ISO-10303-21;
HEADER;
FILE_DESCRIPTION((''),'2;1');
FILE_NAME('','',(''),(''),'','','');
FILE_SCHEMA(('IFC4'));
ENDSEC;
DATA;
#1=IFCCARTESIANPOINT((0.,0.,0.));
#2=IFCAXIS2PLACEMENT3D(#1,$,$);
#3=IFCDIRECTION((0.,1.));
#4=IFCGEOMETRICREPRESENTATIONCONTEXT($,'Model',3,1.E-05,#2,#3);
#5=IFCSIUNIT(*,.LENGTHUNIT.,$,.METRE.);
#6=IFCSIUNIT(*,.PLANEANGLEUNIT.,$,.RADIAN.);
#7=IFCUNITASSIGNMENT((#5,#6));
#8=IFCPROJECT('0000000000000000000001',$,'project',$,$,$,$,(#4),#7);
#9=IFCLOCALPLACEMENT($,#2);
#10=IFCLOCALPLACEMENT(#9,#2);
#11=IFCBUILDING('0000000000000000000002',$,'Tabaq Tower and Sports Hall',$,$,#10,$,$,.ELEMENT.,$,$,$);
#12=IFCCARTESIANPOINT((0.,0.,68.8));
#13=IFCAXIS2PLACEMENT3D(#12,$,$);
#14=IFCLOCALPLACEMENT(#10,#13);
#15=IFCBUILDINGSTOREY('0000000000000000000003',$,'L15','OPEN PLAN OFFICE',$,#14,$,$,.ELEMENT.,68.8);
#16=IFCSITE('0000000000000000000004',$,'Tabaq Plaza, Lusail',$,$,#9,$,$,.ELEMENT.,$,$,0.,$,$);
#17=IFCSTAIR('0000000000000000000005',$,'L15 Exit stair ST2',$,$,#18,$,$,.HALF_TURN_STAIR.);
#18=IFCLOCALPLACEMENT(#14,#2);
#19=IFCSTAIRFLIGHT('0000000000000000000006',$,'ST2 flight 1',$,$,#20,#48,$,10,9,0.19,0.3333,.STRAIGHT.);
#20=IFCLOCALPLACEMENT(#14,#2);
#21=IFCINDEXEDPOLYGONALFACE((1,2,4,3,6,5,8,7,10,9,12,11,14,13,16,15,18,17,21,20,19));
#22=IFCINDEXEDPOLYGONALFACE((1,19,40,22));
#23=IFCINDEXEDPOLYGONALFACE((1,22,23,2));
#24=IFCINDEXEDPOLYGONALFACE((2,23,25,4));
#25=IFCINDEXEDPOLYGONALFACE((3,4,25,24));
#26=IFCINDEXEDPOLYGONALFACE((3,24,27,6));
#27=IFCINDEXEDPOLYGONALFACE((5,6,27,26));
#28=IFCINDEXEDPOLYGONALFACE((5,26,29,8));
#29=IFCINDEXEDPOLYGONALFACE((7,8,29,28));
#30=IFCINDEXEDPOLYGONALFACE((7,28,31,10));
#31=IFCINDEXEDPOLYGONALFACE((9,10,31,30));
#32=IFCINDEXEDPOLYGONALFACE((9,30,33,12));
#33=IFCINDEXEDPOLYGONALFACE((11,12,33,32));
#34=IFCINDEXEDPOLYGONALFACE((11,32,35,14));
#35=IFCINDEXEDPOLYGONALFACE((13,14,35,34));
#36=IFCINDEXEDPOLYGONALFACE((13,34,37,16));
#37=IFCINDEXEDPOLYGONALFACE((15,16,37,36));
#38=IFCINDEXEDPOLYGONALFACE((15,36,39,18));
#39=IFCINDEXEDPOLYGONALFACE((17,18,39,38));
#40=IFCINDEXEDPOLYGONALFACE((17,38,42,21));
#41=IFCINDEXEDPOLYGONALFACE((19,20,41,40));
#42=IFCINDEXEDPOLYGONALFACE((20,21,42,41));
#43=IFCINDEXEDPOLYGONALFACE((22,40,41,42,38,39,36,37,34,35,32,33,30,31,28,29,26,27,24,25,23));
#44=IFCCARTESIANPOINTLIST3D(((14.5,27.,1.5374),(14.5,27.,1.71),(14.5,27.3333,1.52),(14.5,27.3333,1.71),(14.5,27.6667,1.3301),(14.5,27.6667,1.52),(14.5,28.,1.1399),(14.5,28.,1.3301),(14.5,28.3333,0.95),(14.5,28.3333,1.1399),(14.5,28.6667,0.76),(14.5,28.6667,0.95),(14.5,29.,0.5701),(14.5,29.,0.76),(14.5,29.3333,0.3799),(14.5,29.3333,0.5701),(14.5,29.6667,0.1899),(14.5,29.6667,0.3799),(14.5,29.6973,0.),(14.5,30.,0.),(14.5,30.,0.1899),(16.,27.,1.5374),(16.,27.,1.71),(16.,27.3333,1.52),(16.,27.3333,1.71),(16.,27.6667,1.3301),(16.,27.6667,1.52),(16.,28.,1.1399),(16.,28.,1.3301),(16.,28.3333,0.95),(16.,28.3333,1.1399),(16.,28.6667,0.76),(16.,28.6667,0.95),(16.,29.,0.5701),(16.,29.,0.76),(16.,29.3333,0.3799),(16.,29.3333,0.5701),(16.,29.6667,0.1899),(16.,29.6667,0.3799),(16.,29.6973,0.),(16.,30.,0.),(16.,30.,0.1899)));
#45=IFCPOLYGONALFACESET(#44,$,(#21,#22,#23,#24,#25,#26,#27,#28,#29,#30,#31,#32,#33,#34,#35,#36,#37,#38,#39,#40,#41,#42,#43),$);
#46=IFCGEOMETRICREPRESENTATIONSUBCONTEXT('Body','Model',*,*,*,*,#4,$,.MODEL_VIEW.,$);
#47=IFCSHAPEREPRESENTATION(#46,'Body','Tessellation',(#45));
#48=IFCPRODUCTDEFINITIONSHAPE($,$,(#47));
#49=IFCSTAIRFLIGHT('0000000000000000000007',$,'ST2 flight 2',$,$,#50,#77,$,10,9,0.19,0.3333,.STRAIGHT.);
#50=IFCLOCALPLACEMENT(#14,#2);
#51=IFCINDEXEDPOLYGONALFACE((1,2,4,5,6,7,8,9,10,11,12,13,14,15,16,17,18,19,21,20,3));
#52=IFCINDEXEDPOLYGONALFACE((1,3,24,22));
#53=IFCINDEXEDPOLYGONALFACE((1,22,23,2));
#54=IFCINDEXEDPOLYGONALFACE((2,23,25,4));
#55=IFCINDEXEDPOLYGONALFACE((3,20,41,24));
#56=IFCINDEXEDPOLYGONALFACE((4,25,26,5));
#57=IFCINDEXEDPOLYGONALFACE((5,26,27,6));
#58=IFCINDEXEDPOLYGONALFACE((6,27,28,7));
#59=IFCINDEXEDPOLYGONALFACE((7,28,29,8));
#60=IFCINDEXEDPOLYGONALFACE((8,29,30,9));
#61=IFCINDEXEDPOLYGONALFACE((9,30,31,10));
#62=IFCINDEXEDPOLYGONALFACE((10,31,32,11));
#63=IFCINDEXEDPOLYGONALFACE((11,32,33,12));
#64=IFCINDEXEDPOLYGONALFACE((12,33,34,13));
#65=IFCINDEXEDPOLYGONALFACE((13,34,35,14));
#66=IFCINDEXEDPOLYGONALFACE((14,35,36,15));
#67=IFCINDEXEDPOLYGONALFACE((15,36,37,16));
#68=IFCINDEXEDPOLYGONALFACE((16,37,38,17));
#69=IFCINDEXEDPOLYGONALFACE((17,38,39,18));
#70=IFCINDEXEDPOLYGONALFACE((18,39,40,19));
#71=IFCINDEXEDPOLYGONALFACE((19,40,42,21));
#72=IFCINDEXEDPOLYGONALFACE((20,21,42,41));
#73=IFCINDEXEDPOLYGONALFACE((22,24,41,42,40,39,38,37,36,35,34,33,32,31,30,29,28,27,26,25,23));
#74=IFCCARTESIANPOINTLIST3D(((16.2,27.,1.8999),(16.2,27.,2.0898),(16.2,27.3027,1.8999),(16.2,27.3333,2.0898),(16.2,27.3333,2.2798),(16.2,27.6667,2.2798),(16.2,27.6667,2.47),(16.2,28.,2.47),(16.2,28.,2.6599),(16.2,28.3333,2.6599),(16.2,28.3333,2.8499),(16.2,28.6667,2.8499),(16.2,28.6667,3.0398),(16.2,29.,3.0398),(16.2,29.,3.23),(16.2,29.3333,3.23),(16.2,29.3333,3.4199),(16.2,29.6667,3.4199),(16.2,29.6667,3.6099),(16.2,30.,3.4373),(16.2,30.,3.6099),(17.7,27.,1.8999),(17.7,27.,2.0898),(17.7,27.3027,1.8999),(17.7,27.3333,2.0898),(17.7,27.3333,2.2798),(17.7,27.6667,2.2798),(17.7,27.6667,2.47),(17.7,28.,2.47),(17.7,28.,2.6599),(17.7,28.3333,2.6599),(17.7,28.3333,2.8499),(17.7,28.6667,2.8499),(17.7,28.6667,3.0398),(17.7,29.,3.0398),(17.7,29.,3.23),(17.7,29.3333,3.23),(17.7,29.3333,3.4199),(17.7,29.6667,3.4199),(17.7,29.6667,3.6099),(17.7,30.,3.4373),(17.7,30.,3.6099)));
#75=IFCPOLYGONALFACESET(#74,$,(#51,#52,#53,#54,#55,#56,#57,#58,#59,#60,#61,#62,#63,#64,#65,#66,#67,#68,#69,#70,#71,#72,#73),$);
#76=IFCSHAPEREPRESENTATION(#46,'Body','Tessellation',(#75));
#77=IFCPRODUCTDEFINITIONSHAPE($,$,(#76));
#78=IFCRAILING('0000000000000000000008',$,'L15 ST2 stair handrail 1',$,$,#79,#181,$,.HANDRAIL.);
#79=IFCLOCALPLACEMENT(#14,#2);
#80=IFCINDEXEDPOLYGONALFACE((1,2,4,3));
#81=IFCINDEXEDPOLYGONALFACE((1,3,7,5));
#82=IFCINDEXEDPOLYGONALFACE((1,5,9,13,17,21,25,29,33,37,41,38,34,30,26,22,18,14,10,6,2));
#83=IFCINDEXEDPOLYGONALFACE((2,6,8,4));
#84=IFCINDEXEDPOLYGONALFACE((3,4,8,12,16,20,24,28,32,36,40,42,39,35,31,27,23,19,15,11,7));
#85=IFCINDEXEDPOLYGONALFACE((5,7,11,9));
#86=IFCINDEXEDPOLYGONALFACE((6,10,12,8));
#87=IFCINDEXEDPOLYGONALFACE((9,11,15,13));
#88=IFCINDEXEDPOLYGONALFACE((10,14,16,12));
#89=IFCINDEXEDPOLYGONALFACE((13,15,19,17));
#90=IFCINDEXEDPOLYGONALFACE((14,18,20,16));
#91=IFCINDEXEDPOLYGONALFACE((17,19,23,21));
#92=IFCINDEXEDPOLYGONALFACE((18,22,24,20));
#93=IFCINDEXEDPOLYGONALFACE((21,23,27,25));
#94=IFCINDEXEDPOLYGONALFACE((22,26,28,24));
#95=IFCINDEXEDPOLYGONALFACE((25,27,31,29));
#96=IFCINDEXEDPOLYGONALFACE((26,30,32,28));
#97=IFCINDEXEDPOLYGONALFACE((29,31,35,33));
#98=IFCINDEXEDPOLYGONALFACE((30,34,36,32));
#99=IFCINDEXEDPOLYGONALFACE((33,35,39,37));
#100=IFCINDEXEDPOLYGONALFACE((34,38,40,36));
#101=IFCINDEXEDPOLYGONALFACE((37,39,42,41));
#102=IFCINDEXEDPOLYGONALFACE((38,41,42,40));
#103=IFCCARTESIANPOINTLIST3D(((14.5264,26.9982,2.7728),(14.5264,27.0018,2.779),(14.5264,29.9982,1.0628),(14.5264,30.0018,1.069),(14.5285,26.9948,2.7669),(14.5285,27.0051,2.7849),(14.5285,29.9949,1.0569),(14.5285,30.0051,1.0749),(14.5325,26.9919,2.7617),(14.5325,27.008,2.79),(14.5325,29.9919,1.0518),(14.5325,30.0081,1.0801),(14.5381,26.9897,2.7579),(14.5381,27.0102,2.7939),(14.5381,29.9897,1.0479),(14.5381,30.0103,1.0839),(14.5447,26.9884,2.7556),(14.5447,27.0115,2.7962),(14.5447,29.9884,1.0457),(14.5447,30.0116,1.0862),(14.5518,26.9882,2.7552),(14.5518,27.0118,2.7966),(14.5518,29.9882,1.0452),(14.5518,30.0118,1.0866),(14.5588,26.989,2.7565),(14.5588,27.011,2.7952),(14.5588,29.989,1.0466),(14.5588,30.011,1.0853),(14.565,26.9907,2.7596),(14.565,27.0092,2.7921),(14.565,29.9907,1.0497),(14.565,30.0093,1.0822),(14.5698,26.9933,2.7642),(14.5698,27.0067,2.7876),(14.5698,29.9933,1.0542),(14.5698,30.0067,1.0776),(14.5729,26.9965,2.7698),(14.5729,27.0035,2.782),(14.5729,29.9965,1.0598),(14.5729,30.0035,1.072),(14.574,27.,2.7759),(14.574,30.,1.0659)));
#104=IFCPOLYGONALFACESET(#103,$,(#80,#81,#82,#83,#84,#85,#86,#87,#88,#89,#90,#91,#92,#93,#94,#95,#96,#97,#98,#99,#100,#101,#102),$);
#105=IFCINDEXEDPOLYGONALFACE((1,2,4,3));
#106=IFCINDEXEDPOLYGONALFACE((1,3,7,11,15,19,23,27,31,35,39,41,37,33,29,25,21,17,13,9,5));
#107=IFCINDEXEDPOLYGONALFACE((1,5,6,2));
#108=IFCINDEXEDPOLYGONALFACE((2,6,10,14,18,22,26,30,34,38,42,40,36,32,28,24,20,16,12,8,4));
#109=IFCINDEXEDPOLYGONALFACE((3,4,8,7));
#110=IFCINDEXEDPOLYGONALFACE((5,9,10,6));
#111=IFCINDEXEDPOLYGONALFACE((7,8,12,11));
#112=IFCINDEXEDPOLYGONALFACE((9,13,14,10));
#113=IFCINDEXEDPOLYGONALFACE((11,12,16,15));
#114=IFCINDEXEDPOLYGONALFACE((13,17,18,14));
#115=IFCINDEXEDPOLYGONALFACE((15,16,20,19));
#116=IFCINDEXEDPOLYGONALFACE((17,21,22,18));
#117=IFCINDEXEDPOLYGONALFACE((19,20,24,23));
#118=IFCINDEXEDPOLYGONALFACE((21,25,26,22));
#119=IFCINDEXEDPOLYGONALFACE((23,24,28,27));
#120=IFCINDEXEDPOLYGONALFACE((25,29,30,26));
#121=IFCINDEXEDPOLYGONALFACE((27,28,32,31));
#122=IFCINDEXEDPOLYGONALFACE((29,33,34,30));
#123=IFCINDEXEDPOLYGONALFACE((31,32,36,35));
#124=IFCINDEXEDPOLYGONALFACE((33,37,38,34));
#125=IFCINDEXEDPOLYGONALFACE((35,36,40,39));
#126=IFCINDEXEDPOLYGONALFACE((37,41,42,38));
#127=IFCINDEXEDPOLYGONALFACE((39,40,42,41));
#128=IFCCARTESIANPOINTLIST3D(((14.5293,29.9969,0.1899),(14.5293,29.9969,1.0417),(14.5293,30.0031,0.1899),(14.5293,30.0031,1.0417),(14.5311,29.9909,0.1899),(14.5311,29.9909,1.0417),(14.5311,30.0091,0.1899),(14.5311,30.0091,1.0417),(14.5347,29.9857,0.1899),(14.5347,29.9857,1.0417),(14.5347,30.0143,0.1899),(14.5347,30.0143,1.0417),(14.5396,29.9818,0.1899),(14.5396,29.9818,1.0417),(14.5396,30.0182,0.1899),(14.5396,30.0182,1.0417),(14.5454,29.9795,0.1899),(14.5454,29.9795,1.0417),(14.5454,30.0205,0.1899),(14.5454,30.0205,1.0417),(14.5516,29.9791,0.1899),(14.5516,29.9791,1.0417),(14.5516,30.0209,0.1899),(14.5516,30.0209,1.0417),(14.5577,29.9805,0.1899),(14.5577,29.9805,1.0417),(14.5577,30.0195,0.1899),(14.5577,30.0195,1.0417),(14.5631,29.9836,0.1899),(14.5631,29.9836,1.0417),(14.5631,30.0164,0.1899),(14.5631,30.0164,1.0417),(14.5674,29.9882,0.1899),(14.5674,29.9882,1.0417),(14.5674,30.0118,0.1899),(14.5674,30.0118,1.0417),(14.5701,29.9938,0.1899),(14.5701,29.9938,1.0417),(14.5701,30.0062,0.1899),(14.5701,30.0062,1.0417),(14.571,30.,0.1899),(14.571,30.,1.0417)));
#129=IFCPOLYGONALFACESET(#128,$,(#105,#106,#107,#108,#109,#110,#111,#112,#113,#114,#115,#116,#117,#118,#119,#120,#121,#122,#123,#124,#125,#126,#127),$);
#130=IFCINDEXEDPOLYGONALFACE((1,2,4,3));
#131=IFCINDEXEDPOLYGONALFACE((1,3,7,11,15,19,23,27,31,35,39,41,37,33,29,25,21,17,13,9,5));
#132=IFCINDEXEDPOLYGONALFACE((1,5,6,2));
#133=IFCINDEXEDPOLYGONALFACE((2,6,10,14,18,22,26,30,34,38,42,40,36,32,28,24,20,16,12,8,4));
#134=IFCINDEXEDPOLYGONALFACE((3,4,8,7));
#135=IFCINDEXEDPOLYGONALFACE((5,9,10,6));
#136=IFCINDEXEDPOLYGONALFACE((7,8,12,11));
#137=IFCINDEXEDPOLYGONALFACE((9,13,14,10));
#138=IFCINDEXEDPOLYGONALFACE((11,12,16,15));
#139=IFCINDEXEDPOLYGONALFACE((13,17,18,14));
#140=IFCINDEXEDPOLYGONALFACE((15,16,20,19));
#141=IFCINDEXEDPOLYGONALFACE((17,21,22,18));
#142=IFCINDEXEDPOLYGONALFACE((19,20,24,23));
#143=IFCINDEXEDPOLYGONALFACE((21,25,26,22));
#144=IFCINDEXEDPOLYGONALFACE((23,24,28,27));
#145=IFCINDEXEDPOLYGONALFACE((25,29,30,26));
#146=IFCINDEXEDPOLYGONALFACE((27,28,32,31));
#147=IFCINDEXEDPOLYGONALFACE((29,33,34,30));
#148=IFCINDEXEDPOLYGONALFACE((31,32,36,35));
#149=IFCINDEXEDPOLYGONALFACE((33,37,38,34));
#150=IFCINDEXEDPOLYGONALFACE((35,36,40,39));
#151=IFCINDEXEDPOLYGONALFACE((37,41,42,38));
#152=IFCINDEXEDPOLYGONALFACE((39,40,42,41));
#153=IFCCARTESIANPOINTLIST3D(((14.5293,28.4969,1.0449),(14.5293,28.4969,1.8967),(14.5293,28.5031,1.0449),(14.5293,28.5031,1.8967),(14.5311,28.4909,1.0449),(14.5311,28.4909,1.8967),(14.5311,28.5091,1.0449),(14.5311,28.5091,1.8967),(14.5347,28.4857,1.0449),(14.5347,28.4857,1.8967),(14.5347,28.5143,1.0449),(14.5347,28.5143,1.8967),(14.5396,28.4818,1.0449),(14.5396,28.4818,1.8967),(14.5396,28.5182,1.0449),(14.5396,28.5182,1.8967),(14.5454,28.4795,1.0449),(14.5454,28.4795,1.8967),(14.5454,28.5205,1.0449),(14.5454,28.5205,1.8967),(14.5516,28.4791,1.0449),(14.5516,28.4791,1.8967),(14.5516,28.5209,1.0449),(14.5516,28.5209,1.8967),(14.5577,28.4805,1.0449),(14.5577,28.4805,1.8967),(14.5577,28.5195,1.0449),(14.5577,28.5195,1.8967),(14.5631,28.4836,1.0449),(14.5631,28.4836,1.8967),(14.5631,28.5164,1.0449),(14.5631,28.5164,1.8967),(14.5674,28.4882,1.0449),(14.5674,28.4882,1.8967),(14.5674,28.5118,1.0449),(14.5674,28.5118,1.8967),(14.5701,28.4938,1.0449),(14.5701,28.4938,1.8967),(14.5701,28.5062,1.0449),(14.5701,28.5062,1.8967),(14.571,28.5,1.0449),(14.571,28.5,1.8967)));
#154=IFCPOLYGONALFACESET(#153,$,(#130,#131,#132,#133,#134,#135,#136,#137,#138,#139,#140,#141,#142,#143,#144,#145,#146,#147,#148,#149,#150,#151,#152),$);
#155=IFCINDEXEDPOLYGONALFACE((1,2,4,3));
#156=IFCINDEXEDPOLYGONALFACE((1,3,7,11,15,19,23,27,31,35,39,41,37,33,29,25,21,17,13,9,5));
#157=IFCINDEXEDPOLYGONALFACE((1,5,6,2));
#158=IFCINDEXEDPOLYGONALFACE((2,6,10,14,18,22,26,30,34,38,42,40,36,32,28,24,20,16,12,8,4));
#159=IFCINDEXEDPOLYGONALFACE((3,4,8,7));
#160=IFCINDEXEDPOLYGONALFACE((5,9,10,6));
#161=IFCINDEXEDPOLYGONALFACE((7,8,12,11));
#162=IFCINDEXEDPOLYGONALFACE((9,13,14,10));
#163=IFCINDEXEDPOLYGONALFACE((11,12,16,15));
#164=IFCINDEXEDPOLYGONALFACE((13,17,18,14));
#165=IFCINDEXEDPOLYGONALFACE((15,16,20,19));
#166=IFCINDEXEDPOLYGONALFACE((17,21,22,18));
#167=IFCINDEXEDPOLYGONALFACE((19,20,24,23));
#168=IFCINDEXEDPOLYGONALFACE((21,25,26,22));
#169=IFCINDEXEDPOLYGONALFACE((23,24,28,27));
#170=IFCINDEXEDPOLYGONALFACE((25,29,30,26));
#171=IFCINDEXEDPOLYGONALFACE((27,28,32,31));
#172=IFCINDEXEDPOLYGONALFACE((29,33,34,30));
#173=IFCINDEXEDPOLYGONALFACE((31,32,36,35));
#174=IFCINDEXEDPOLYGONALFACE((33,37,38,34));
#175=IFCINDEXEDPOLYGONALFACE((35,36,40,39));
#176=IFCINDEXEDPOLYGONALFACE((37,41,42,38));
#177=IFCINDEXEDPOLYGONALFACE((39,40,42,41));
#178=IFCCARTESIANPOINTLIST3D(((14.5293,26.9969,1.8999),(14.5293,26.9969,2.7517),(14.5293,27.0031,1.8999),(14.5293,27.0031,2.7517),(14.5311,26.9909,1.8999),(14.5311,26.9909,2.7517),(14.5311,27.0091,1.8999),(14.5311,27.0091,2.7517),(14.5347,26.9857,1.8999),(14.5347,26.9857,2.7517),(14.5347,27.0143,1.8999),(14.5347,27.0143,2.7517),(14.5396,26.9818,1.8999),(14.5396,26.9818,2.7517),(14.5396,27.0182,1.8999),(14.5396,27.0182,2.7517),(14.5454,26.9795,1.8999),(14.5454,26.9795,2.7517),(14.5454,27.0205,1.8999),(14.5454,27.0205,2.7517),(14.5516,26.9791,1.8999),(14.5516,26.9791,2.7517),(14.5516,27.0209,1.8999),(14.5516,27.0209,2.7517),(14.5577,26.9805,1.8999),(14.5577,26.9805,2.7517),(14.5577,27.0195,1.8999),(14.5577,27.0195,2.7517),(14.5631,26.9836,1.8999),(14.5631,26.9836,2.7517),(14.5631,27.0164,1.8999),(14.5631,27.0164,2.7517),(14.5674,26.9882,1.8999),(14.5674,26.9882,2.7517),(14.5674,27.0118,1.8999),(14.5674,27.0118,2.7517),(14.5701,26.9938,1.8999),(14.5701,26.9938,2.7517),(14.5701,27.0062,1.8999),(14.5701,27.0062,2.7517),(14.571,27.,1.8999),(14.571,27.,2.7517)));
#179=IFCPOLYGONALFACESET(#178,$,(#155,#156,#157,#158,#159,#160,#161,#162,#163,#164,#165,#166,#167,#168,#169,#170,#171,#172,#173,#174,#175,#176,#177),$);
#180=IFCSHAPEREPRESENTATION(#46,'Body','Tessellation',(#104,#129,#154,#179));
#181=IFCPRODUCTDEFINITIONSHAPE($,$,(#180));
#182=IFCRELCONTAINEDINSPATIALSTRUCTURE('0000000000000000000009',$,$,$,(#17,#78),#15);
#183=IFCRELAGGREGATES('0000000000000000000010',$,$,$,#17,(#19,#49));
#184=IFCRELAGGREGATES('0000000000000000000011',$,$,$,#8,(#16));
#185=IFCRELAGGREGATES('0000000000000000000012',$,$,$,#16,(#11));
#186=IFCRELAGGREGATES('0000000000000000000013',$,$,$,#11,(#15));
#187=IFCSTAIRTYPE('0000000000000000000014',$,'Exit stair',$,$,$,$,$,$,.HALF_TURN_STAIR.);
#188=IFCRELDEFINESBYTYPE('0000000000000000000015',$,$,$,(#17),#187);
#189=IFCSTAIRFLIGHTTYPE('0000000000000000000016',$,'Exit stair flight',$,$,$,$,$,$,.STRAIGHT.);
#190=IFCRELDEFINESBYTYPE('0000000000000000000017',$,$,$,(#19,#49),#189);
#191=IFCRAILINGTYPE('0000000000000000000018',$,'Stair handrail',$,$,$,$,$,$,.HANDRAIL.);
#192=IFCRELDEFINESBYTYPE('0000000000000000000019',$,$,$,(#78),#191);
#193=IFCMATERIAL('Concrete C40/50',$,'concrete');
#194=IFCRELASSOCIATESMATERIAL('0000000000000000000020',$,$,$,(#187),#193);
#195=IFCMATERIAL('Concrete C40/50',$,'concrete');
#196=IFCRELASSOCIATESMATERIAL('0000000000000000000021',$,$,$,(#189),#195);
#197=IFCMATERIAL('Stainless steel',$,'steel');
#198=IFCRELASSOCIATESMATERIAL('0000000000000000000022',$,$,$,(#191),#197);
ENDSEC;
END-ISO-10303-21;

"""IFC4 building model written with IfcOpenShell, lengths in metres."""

from ifc_helpers import new_model, si_unit, direction, frame, origin, origin_2d, place, context, subcontext, project, spatial, polyline, circle, outline, extrude, material, type_object, element, aggregate, save


model = new_model("IFC4")

# Units and contexts
model_context = context("Model", 3, precision=1e-05, world=origin(), true_north=direction((0.0, 1.0)))
body_context = subcontext(model_context, "Body", "Model", "MODEL_VIEW")
ifc_project = project(units=[si_unit("LENGTHUNIT", "METRE"), si_unit("PLANEANGLEUNIT", "RADIAN")], contexts=[model_context])

# Site, building, storey
site_placement = place(None, origin())
site = spatial("IfcSite", under=ifc_project, at=site_placement, Name="Tabaq Plaza, Lusail", CompositionType="ELEMENT", RefElevation=0.0)
building_placement = place(site_placement, origin())
building = spatial("IfcBuilding", under=site, at=building_placement, Name="Tabaq Tower and Sports Hall", CompositionType="ELEMENT")
storey_placement = place(building_placement, frame((0.0, 0.0, 68.8)))
storey = spatial("IfcBuildingStorey", under=building, at=storey_placement, Name="L15", Description="OPEN PLAN OFFICE", CompositionType="ELEMENT", Elevation=68.8)

# Stair, stair flights
ifc_material_1 = material(Name="Concrete C40/50", Category="concrete")
stair_type = type_object("IfcStairType", Name="Exit stair", PredefinedType="HALF_TURN_STAIR", material=ifc_material_1)
stair_placement = place(storey_placement, origin())
stair = element("IfcStair", 1, at=stair_placement, inside=storey, type_object=stair_type, Name="L15 Exit stair ST2", PredefinedType="HALF_TURN_STAIR")
ifc_material_2 = material(Name="Concrete C40/50", Category="concrete")
stair_flight_type = type_object("IfcStairFlightType", Name="Exit stair flight", PredefinedType="STRAIGHT", material=ifc_material_2)
stair_flight_1_placement = place(storey_placement, frame((15.25, 30.0, 0.0), z_axis=(0.0, 0.0, 1.0), x_axis=(0.0, -1.0, 0.0)))
stair_flight_1 = element("IfcStairFlight", 2, at=stair_flight_1_placement, type_object=stair_flight_type, Name="ST2 flight 1", NumberOfRisers=10, NumberOfTreads=9, PredefinedType="STRAIGHT", RiserHeight=0.19, TreadLength=0.3333, context=body_context, shape_type="SweptSolid", body=[
    extrude(outline(polyline([(0.0, 0.0), (0.0, 0.1899), (0.3333, 0.1899), (0.3333, 0.3799), (0.6667, 0.3799), (0.6667, 0.5701), (1.0, 0.5701), (1.0, 0.76), (1.3333, 0.76), (1.3333, 0.95), (1.6667, 0.95), (1.6667, 1.1399), (2.0, 1.1399), (2.0, 1.3301), (2.3333, 1.3301), (2.3333, 1.52), (2.6667, 1.52), (2.6667, 1.71), (3.0, 1.71), (3.0, 1.8999), (3.0, 1.5374), (0.3027, 0.0), (0.0, 0.0)])), frame((0.0, 0.75, 0.0), z_axis=(0.0, -1.0, 0.0), x_axis=(1.0, 0.0, 0.0)), (0.0, 0.0, 1.0), 1.5),
])
stair_flight_2_placement = place(storey_placement, frame((16.95, 27.0, 1.8999), z_axis=(0.0, 0.0, 1.0), x_axis=(0.0, 1.0, 0.0)))
stair_flight_2 = element("IfcStairFlight", 3, at=stair_flight_2_placement, type_object=stair_flight_type, Name="ST2 flight 2", NumberOfRisers=10, NumberOfTreads=9, PredefinedType="STRAIGHT", RiserHeight=0.19, TreadLength=0.3333, context=body_context, shape_type="SweptSolid", body=[
    extrude(outline(polyline([(0.0, 0.0), (0.0, 0.1899), (0.3333, 0.1899), (0.3333, 0.3799), (0.6667, 0.3799), (0.6667, 0.5701), (1.0, 0.5701), (1.0, 0.76), (1.3333, 0.76), (1.3333, 0.95), (1.6667, 0.95), (1.6667, 1.1399), (2.0, 1.1399), (2.0, 1.3301), (2.3333, 1.3301), (2.3333, 1.52), (2.6667, 1.52), (2.6667, 1.71), (3.0, 1.71), (3.0, 1.8999), (3.0, 1.5374), (0.3027, 0.0), (0.0, 0.0)])), frame((0.0, 0.75, 0.0), z_axis=(0.0, -1.0, 0.0), x_axis=(1.0, 0.0, 0.0)), (0.0, 0.0, 1.0), 1.5),
])
aggregate(stair, [stair_flight_1, stair_flight_2])

# Railing
ifc_material_3 = material(Name="Stainless steel", Category="steel")
railing_type_1 = type_object("IfcRailingType", Name="Stair handrail", PredefinedType="HANDRAIL", material=ifc_material_3)
railing_1_placement = place(storey_placement, frame((14.55, 30.0, 0.1899)))
element("IfcRailing", 4, at=railing_1_placement, inside=storey, type_object=railing_type_1, Name="L15 ST2 stair handrail 1", PredefinedType="HANDRAIL", context=body_context, shape_type="SweptSolid", body=[
    extrude(circle(Radius=0.0239, at=origin_2d()), frame((0.0, 0.0, 0.876), z_axis=(0.0, -0.868782, 0.495195), x_axis=(1.0, 0.0, 0.0)), (0.0, 0.0, 1.0), 3.4531),
    extrude(circle(Radius=0.021, at=origin_2d()), origin(), (0.0, 0.0, 1.0), 0.8518),
    extrude(circle(Radius=0.021, at=origin_2d()), frame((0.0, -1.5, 0.855)), (0.0, 0.0, 1.0), 0.8518),
    extrude(circle(Radius=0.021, at=origin_2d()), frame((0.0, -3.0, 1.71)), (0.0, 0.0, 1.0), 0.8518),
])

save(model, "model.ifc")
